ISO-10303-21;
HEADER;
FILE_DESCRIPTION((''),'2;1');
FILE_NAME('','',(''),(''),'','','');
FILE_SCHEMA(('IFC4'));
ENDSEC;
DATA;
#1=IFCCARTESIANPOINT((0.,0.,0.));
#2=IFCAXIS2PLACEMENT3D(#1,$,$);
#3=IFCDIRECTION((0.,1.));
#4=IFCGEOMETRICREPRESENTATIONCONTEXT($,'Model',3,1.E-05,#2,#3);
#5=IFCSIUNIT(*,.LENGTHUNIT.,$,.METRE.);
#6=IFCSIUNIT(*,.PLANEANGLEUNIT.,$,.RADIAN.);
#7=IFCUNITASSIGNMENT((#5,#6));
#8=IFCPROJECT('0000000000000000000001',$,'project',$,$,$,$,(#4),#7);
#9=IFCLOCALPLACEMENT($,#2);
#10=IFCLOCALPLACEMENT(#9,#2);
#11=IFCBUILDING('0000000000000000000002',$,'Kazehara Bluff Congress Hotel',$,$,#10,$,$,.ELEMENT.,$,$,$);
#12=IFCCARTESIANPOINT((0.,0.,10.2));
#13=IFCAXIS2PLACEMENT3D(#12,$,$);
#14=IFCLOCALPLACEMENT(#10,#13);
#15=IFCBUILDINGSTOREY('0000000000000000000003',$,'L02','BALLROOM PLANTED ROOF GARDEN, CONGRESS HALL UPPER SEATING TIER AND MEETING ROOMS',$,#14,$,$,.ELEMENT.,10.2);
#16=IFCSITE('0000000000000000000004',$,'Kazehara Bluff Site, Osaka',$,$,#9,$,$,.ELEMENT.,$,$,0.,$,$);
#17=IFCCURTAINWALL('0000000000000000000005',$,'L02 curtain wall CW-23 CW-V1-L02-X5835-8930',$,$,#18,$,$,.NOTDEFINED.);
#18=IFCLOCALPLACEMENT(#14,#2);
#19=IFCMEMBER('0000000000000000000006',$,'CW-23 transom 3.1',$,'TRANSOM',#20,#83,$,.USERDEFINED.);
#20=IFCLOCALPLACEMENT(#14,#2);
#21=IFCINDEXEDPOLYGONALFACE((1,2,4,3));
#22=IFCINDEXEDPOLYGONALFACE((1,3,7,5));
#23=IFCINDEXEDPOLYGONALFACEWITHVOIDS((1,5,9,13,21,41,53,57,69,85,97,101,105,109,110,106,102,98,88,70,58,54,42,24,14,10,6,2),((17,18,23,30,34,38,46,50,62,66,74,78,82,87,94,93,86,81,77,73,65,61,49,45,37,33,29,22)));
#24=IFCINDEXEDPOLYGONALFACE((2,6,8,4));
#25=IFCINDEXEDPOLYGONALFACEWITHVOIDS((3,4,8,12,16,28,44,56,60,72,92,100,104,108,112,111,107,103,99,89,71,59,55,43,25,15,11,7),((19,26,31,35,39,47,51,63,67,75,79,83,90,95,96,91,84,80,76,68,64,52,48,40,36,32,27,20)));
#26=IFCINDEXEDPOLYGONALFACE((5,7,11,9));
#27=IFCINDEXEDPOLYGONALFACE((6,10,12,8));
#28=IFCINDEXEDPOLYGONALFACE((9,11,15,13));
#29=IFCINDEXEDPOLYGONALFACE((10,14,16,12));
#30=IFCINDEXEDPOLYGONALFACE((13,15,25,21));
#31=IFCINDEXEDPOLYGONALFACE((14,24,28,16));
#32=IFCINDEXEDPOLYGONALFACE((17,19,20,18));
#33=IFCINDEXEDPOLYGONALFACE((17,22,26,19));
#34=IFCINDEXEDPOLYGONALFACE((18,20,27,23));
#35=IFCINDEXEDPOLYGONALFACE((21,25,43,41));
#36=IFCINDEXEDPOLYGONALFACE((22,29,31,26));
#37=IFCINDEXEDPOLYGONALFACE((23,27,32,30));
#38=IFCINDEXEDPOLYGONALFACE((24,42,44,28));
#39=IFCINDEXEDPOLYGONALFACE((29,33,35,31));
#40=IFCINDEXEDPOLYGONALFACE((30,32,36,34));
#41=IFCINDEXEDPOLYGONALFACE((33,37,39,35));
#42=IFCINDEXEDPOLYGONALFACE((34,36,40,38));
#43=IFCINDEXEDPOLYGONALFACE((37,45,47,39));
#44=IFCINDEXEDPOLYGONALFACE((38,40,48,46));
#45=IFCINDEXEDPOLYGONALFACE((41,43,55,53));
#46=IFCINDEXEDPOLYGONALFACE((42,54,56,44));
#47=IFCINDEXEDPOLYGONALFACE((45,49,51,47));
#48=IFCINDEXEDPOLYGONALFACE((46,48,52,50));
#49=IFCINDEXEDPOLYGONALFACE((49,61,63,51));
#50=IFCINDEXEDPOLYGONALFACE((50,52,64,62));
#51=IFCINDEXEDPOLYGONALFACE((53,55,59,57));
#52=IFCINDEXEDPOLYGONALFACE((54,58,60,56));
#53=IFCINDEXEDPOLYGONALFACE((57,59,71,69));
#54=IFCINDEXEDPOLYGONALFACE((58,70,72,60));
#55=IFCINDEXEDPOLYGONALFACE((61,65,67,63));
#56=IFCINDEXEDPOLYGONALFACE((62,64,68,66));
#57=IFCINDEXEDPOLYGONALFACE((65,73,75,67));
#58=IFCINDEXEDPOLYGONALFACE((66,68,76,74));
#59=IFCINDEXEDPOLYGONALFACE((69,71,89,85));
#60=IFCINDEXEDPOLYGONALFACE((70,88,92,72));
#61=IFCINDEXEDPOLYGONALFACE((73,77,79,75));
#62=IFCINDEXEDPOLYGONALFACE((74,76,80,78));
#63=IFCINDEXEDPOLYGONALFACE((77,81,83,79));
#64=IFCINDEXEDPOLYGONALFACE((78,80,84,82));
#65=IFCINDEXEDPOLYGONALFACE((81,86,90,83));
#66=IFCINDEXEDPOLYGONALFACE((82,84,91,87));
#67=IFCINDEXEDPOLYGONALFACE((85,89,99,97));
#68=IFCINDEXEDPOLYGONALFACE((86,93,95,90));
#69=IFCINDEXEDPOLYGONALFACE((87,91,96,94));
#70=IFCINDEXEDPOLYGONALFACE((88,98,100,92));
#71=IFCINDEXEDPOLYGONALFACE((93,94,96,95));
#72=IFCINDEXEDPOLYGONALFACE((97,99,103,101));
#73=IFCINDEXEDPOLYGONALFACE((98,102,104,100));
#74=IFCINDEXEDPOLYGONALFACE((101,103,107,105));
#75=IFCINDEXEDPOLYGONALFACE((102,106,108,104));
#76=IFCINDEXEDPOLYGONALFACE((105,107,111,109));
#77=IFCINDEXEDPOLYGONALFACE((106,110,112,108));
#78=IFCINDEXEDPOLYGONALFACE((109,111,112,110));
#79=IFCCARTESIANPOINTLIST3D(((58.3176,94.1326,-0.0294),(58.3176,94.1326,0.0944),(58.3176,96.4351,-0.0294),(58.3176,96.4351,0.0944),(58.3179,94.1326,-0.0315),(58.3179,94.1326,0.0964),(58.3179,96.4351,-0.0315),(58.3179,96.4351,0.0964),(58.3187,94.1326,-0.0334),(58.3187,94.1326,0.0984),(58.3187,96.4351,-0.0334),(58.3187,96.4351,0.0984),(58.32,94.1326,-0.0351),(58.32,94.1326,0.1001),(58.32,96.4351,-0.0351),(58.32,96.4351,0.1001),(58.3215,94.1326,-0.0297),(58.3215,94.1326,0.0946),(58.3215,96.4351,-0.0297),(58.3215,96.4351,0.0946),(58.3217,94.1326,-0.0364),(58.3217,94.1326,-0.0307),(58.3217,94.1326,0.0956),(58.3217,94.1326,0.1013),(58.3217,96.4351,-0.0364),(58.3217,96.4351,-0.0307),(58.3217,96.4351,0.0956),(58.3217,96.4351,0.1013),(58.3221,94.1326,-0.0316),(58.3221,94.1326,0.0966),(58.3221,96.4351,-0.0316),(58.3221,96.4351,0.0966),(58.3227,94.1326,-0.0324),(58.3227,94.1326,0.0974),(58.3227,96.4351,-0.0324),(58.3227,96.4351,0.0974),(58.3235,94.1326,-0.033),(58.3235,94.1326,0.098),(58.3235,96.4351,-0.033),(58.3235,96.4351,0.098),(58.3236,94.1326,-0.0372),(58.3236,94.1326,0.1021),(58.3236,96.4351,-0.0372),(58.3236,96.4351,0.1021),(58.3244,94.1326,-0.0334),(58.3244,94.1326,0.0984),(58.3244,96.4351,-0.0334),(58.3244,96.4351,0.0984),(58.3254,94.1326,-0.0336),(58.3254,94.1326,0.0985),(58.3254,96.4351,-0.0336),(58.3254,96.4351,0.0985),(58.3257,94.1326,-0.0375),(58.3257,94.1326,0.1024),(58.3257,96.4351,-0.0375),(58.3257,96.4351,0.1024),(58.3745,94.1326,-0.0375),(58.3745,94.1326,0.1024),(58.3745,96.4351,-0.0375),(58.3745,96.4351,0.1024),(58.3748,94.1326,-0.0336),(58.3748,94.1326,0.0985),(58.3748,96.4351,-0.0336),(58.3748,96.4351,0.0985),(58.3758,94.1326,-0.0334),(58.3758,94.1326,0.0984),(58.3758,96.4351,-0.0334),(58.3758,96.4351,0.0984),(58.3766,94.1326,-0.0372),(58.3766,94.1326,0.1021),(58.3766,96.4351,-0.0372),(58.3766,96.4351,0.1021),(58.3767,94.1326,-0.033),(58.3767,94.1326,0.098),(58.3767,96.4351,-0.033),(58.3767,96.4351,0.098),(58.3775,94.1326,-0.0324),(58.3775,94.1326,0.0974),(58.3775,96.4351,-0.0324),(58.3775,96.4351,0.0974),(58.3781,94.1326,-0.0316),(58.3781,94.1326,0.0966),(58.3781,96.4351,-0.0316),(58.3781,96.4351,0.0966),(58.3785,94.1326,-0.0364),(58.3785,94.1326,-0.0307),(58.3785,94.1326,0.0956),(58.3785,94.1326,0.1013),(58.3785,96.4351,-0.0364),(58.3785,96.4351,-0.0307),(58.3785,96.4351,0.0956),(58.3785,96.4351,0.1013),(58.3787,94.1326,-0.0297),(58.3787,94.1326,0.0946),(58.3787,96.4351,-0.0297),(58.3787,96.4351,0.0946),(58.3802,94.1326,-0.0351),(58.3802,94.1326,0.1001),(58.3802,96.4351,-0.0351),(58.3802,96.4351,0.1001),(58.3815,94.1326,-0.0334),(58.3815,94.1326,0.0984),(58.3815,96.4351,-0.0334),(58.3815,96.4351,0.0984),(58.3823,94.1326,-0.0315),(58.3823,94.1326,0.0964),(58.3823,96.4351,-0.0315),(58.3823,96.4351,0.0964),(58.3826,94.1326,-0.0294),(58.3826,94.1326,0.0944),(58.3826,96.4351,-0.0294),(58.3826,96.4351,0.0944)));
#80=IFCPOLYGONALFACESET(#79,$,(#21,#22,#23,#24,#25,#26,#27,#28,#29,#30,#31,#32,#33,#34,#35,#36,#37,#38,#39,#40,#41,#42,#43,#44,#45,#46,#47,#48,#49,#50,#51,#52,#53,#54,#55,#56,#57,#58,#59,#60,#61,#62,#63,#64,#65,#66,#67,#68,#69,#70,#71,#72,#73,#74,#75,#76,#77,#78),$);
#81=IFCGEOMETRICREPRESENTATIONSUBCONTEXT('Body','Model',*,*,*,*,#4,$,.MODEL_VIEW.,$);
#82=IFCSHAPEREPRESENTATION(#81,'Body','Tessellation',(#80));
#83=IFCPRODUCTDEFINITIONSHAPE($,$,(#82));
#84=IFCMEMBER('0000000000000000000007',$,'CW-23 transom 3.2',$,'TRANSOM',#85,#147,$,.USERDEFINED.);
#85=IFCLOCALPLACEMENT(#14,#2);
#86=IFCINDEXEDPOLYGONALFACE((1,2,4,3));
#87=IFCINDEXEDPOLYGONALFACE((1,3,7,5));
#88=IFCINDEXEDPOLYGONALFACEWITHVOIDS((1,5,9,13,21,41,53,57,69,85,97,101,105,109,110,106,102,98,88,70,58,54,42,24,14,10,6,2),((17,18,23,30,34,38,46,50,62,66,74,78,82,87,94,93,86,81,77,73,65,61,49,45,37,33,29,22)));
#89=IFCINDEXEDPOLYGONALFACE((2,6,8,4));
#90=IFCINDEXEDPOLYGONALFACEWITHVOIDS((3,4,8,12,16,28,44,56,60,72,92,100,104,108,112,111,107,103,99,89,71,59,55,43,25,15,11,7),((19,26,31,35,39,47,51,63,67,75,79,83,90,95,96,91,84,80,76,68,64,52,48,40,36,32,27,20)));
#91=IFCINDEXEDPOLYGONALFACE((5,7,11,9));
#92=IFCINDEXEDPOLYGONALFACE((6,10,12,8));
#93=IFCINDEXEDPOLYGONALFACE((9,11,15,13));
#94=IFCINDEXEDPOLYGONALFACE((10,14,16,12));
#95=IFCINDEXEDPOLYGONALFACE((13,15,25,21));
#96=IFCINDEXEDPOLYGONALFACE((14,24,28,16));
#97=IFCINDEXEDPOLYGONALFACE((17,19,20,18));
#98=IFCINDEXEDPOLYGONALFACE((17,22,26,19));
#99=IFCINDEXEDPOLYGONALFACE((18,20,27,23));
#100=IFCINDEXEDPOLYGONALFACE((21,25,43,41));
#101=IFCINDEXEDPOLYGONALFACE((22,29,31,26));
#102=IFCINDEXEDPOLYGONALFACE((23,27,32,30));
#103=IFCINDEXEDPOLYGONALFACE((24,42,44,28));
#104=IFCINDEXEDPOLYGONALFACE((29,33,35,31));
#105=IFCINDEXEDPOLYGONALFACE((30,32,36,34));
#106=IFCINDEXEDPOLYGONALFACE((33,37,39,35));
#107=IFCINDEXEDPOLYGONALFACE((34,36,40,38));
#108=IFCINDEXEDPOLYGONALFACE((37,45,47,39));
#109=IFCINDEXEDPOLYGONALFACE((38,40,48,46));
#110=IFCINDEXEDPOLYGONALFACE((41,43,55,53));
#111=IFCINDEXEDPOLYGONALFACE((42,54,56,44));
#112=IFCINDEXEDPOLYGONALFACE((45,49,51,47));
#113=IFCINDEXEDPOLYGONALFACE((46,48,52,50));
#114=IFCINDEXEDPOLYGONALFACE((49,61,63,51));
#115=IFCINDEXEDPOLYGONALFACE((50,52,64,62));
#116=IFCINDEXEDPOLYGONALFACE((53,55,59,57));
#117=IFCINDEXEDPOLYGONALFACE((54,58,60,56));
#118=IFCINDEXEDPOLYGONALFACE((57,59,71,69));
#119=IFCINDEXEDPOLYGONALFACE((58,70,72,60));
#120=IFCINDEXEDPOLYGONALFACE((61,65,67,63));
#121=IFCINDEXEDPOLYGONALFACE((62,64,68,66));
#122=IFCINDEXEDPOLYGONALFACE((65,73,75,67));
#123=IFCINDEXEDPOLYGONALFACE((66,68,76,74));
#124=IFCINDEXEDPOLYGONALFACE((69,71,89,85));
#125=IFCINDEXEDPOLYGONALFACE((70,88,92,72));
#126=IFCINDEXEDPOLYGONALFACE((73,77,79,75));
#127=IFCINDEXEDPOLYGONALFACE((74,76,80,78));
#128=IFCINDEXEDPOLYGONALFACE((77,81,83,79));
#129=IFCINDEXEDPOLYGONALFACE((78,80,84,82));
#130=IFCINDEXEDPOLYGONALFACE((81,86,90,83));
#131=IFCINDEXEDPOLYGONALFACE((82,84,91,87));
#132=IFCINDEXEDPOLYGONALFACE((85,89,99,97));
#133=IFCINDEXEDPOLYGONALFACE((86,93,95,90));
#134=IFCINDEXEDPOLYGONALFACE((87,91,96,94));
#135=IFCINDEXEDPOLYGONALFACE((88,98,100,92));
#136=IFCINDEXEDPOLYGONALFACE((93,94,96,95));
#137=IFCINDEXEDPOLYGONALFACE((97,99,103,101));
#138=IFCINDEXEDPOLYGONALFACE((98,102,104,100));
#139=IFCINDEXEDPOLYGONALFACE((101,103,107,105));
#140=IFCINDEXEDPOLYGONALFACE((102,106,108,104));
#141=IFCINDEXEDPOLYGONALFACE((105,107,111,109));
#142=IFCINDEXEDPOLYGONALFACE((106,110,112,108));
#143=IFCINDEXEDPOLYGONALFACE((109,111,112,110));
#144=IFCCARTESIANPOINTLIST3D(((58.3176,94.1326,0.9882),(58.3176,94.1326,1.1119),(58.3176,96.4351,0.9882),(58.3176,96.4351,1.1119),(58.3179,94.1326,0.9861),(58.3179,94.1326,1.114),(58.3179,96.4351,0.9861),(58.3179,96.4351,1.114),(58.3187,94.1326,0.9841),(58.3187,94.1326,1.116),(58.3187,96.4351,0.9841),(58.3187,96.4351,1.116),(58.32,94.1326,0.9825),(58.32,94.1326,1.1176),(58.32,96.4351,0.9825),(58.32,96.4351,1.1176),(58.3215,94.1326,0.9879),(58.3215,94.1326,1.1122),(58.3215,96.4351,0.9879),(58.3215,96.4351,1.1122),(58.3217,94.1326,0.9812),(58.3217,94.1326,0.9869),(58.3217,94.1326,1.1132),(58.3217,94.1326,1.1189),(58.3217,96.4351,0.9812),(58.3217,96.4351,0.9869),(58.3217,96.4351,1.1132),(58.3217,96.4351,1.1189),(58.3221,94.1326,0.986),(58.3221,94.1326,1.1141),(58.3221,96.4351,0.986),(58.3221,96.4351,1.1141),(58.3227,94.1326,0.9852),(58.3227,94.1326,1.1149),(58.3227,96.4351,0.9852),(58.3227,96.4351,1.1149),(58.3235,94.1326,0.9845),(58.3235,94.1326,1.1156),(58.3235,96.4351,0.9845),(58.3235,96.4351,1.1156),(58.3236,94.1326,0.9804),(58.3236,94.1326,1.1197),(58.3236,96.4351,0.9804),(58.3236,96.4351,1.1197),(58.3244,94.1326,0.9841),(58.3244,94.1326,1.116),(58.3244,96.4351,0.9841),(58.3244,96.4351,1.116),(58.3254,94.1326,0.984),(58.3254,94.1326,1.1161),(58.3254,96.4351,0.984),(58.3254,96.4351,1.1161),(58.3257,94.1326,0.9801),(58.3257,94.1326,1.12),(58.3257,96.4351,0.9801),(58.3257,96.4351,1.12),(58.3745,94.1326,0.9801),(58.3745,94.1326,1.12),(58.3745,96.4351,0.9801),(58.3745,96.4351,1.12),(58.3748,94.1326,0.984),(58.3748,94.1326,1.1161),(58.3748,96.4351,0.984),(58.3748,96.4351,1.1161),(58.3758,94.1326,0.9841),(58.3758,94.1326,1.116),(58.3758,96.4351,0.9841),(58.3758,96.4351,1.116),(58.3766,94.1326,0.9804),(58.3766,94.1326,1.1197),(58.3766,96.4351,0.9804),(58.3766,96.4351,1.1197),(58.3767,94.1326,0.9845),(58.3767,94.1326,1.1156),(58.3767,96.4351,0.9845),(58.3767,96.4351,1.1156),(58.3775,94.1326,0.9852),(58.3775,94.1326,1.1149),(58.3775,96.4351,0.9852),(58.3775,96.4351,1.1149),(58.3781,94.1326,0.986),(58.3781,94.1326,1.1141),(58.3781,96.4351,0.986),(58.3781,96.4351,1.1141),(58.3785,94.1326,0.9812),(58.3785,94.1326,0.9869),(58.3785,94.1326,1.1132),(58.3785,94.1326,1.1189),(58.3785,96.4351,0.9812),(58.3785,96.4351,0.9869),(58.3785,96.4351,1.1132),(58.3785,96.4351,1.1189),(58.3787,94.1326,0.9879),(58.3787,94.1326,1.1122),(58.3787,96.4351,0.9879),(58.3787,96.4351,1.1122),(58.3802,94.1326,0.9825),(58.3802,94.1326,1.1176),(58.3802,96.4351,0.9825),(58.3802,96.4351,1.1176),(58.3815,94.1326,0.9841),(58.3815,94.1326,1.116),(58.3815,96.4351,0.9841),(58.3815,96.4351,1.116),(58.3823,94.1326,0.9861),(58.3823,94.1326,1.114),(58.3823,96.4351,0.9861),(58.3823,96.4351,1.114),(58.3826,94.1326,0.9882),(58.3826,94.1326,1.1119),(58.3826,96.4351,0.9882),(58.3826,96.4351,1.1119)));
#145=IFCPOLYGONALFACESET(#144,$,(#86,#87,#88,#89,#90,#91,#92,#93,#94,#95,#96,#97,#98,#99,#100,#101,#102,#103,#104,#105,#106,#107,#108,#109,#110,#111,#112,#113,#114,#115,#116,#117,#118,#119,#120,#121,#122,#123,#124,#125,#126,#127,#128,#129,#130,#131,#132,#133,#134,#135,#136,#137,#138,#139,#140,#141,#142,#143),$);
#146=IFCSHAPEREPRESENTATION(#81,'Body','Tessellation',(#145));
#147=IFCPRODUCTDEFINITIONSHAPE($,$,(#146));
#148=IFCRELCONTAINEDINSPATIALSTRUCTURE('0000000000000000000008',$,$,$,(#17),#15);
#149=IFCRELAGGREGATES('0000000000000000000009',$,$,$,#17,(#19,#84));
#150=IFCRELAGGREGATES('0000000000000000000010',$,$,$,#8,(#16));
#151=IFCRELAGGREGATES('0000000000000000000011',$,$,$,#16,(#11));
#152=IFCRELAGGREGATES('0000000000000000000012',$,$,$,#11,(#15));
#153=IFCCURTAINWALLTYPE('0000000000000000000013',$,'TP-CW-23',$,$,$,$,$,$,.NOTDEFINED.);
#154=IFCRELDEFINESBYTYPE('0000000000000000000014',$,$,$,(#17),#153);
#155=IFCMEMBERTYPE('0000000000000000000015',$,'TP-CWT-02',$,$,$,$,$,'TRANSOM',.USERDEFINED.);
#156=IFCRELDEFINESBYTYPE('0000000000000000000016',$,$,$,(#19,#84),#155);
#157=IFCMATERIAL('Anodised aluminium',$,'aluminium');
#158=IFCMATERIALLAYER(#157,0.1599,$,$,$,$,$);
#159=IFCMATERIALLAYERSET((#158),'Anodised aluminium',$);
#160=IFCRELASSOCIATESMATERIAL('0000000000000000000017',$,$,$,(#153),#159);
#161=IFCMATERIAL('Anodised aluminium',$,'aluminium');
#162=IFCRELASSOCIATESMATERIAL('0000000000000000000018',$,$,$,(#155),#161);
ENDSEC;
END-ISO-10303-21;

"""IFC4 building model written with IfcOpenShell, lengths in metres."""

from ifc_helpers import new_model, si_unit, direction, frame, origin, origin_2d, place, context, subcontext, project, spatial, hollow_rectangle, extrude, material, layer, layer_set, material_profile, profile_set, type_object, element, aggregate, save


model = new_model("IFC4")

# Units and contexts
model_context = context("Model", 3, precision=1e-05, world=origin(), true_north=direction((0.0, 1.0)))
body_context = subcontext(model_context, "Body", "Model", "MODEL_VIEW")
ifc_project = project(units=[si_unit("LENGTHUNIT", "METRE"), si_unit("PLANEANGLEUNIT", "RADIAN")], contexts=[model_context])

# Site, building, storey
site_placement = place(None, origin())
site = spatial("IfcSite", under=ifc_project, at=site_placement, Name="Kazehara Bluff Site, Osaka", CompositionType="ELEMENT", RefElevation=0.0)
building_placement = place(site_placement, origin())
building = spatial("IfcBuilding", under=site, at=building_placement, Name="Kazehara Bluff Congress Hotel", CompositionType="ELEMENT")
storey_placement = place(building_placement, frame((0.0, 0.0, 10.2)))
storey = spatial("IfcBuildingStorey", under=building, at=storey_placement, Name="L02", Description="BALLROOM PLANTED ROOF GARDEN, CONGRESS HALL UPPER SEATING TIER AND MEETING ROOMS", CompositionType="ELEMENT", Elevation=10.2)

# Curtain wall
ifc_material_1 = material(Name="Anodised aluminium", Category="aluminium")
ifc_layer_1 = layer(ifc_material_1, 0.1599)
ifc_layer_set_1 = layer_set([ifc_layer_1], Name="Anodised aluminium")
curtain_wall_type_1 = type_object("IfcCurtainWallType", Name="TP-CW-23", PredefinedType="NOTDEFINED", material=ifc_layer_set_1)
curtain_wall_1_placement = place(storey_placement, origin())
curtain_wall_1 = element("IfcCurtainWall", 1, at=curtain_wall_1_placement, inside=storey, type_object=curtain_wall_type_1, Name="L02 curtain wall CW-23 CW-V1-L02-X5835-8930", PredefinedType="NOTDEFINED")

# Members
ifc_material_2 = material(Name="Anodised aluminium", Category="aluminium")
ifc_material_profile_1 = material_profile(ifc_material_2, hollow_rectangle(XDim=0.0649, YDim=0.1399, WallThickness=0.0039, InnerFilletRadius=0.0039, OuterFilletRadius=0.0081, at=origin_2d()))
ifc_profile_set_1 = profile_set([ifc_material_profile_1], Name="Anodised aluminium")
member_type_1 = type_object("IfcMemberType", Name="TP-CWT-02", ElementType="TRANSOM", PredefinedType="USERDEFINED", material=ifc_profile_set_1)
member_1_placement = place(storey_placement, frame((58.3501, 94.1326, 0.0325), z_axis=(0.0, 1.0, 0.0), x_axis=(-1.0, 0.0, 0.0)))
member_1 = element("IfcMember", 2, at=member_1_placement, type_object=member_type_1, Name="CW-23 transom 3.1", ObjectType="TRANSOM", PredefinedType="USERDEFINED", context=body_context, shape_type="SweptSolid", body=[
    extrude(hollow_rectangle(XDim=0.0649, YDim=0.1399, WallThickness=0.0039, InnerFilletRadius=0.0039, OuterFilletRadius=0.0081, at=origin_2d()), origin(), (0.0, 0.0, 1.0), 2.3025),
])
member_2_placement = place(storey_placement, frame((58.3501, 94.1326, 1.05), z_axis=(0.0, 1.0, 0.0), x_axis=(-1.0, 0.0, 0.0)))
member_2 = element("IfcMember", 3, at=member_2_placement, type_object=member_type_1, Name="CW-23 transom 3.2", ObjectType="TRANSOM", PredefinedType="USERDEFINED", context=body_context, shape_type="SweptSolid", body=[
    extrude(hollow_rectangle(XDim=0.0649, YDim=0.1399, WallThickness=0.0039, InnerFilletRadius=0.0039, OuterFilletRadius=0.0081, at=origin_2d()), origin(), (0.0, 0.0, 1.0), 2.3025),
])

aggregate(curtain_wall_1, [member_1, member_2])

save(model, "model.ifc")
